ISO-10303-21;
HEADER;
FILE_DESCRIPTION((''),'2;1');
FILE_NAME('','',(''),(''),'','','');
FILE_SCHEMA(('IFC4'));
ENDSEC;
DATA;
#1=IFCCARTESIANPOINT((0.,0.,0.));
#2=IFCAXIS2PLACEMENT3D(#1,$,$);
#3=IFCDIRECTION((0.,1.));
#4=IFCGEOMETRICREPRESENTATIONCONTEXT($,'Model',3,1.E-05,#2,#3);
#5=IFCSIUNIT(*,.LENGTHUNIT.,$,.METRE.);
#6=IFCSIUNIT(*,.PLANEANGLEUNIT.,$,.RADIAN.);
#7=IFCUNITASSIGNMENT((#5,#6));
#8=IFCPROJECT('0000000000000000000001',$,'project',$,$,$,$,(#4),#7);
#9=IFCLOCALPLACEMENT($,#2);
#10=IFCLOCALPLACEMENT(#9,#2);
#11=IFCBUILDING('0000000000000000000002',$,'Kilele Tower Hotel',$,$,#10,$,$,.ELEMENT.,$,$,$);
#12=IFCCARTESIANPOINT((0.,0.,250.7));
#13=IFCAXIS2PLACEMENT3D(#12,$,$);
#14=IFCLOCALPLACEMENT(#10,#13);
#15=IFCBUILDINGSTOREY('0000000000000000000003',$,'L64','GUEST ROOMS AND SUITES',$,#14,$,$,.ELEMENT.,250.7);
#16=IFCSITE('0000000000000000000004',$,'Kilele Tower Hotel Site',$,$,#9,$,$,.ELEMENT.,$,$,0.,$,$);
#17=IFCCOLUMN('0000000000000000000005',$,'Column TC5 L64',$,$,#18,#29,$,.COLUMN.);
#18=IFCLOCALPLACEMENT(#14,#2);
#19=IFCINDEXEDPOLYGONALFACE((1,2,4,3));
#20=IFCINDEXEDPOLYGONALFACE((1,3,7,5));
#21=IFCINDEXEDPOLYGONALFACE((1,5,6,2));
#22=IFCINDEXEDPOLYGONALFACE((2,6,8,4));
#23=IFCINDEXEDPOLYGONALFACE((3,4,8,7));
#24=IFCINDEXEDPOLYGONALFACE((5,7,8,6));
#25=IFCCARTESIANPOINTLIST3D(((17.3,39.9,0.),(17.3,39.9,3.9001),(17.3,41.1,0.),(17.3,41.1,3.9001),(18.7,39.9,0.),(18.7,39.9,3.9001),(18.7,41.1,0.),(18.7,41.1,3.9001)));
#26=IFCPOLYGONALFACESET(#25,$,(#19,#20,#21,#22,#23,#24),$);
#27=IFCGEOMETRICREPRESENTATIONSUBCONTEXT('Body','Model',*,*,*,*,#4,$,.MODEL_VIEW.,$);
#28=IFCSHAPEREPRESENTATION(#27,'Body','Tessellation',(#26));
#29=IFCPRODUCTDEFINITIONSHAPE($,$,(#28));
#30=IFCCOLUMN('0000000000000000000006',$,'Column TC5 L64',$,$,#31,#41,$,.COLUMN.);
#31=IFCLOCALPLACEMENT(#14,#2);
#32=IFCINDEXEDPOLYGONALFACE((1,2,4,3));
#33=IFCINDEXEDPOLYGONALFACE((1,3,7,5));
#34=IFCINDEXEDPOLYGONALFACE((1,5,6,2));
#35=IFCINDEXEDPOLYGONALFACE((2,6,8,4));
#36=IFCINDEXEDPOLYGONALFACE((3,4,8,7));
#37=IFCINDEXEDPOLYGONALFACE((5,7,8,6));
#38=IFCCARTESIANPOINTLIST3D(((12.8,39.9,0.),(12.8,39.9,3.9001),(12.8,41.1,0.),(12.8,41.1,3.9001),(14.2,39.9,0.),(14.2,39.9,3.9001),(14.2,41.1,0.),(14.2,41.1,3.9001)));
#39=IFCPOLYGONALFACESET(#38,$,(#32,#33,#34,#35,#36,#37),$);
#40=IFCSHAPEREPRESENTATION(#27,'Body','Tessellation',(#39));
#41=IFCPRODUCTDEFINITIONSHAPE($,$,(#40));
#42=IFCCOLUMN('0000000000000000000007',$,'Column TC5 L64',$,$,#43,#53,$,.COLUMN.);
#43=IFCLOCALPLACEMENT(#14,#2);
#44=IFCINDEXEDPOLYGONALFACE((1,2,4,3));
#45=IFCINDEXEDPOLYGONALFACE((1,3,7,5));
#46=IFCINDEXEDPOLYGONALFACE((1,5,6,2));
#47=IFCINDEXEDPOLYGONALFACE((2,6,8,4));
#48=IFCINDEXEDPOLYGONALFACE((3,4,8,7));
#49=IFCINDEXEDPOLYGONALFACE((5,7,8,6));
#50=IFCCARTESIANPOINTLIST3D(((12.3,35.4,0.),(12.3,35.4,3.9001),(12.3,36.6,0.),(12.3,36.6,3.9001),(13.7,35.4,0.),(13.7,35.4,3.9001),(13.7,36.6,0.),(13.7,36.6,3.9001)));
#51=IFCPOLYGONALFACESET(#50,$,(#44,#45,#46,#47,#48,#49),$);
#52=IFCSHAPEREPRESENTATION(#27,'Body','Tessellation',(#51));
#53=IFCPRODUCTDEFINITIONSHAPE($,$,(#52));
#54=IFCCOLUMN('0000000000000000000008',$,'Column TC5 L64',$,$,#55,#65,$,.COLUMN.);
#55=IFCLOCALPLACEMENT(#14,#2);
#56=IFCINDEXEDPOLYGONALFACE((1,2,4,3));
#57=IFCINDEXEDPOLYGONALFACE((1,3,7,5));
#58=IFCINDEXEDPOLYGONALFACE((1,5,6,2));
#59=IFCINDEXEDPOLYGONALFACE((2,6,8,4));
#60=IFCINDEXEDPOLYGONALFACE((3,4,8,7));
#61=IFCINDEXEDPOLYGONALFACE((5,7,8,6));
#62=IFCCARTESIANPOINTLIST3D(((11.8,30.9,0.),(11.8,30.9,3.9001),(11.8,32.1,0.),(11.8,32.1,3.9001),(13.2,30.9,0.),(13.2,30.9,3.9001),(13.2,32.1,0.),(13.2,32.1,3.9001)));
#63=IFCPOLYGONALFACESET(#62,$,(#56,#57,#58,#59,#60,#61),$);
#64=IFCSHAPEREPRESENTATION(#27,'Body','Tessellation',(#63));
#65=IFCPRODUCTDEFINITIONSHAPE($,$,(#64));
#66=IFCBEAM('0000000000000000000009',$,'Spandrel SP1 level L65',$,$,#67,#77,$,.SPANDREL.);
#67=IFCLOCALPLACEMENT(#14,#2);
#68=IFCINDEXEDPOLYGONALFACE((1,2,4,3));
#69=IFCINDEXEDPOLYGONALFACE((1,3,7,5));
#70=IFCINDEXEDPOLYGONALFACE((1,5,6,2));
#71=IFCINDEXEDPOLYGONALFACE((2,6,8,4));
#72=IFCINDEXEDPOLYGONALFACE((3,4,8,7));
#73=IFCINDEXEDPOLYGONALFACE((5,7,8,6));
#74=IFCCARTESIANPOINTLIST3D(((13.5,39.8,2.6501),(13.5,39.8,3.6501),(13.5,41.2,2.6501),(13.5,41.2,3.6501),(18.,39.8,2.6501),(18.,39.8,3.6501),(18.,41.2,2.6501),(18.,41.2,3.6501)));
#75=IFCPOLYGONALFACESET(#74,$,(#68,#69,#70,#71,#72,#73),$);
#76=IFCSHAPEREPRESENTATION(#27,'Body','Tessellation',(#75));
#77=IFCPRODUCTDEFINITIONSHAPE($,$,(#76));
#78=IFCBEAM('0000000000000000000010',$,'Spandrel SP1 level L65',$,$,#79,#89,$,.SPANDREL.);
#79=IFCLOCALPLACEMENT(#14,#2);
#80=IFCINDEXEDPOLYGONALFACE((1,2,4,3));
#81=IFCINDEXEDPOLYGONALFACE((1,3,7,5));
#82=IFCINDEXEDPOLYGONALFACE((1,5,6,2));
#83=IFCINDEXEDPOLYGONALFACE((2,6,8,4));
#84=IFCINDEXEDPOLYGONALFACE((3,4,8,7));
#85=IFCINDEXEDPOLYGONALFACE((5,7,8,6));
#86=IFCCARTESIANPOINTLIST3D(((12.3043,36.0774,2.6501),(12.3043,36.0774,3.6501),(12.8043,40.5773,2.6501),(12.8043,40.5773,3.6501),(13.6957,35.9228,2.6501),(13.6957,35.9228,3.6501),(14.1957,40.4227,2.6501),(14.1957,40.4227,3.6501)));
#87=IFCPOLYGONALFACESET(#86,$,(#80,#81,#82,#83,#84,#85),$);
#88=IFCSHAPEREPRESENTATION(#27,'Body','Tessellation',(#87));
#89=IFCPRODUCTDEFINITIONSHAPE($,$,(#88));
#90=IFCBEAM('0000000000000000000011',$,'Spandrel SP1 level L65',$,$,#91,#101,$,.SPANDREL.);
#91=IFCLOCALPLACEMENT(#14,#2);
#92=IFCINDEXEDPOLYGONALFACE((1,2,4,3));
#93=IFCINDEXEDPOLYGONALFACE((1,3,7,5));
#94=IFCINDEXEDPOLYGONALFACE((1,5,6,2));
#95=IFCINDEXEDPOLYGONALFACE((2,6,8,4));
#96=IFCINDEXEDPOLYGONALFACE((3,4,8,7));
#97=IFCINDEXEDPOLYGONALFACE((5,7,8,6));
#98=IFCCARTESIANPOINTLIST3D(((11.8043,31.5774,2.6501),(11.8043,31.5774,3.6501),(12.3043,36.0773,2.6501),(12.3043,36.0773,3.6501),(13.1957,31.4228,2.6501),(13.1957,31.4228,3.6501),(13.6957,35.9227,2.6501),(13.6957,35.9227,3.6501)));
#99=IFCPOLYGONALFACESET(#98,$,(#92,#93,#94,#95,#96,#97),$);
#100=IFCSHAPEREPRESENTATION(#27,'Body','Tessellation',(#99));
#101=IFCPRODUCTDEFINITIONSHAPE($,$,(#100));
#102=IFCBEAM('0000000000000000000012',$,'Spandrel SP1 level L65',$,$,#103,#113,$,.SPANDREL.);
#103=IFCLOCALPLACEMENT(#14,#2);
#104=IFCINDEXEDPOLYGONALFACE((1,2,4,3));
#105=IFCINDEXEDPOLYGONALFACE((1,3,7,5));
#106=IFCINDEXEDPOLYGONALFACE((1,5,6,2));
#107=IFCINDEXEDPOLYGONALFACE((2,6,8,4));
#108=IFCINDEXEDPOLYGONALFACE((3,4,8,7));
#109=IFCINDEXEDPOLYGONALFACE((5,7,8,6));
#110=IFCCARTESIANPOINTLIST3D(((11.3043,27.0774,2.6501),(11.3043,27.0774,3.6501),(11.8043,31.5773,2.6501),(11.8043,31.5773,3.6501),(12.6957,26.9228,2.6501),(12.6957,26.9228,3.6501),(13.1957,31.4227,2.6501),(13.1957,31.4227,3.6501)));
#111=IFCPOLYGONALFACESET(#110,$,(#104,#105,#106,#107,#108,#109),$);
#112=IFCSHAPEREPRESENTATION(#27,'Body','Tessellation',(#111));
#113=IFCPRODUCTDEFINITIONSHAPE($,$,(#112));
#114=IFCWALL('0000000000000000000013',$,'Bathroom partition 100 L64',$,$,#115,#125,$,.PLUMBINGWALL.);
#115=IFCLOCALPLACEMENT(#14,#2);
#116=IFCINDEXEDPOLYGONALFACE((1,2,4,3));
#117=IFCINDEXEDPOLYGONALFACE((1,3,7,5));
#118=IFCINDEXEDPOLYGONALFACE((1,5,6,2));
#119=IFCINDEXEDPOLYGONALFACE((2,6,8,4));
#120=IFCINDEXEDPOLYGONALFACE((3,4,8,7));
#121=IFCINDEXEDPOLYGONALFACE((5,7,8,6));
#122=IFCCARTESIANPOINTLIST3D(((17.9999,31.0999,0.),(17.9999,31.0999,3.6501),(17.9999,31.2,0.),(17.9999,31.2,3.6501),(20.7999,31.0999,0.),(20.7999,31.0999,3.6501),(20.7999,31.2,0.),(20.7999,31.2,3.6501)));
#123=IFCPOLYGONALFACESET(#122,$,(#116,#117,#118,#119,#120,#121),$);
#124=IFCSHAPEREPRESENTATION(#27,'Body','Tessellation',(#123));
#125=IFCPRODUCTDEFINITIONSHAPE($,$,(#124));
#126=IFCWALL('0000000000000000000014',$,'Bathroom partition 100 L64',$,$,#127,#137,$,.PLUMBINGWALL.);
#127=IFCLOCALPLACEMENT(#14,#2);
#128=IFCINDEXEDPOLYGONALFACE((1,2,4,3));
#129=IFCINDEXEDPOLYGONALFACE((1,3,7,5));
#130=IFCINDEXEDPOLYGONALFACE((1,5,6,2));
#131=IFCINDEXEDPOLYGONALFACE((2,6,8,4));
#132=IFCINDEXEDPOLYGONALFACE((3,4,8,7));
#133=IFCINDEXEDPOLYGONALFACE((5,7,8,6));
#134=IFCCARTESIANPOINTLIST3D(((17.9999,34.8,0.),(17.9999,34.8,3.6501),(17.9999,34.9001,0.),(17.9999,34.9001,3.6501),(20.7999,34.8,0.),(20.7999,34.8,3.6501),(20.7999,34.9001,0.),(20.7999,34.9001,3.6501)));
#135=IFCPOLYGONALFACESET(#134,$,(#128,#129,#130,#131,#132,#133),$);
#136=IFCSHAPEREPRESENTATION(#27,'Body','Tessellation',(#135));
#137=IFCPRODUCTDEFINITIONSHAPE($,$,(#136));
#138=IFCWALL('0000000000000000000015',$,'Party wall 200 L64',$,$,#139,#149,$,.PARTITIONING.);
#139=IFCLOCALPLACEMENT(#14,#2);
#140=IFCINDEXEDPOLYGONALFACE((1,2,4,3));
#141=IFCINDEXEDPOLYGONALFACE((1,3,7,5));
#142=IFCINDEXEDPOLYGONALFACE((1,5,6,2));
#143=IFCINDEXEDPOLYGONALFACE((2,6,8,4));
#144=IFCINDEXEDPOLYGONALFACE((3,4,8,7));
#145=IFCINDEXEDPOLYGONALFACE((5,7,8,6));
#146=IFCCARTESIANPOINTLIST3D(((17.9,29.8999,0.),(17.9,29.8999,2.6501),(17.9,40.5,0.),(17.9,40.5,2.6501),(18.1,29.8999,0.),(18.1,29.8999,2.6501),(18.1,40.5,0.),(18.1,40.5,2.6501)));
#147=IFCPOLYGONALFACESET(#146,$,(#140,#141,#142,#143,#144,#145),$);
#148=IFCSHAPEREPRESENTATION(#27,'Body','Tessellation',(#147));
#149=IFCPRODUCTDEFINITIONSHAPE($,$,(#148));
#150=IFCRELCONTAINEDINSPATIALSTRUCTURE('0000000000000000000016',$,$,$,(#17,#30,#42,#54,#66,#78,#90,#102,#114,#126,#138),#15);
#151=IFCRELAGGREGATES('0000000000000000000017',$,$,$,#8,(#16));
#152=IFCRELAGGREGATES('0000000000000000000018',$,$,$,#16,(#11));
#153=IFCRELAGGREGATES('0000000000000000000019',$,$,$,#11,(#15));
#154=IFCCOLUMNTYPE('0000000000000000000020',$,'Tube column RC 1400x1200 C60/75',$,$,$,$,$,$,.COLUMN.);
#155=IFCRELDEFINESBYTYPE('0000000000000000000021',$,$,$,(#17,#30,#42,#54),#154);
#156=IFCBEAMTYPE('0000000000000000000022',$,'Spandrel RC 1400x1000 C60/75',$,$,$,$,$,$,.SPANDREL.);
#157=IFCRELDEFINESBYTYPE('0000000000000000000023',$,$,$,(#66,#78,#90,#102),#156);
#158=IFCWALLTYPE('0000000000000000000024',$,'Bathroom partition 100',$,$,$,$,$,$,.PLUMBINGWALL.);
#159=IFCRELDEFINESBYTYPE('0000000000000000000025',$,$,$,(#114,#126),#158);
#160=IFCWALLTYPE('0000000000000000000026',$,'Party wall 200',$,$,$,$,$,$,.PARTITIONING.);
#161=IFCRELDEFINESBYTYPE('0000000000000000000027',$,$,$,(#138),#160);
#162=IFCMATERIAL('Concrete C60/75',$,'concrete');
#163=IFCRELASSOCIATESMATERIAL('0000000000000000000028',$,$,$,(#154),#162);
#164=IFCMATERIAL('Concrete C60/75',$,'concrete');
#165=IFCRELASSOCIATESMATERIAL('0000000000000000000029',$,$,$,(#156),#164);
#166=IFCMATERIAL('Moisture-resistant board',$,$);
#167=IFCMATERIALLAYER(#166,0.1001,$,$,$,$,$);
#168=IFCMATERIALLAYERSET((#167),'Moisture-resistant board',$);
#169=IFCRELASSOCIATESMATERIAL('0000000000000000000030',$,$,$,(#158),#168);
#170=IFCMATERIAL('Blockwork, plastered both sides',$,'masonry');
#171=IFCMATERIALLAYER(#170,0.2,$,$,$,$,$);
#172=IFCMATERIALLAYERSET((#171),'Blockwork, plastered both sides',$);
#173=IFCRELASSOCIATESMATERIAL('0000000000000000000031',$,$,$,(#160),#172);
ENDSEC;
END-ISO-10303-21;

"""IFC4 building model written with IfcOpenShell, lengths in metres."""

from ifc_helpers import new_model, si_unit, direction, frame, frame_2d, origin, origin_2d, place, context, subcontext, project, spatial, rectangle, extrude, material, layer, layer_set, material_profile, profile_set, type_object, element, save


model = new_model("IFC4")

# Units and contexts
model_context = context("Model", 3, precision=1e-05, world=origin(), true_north=direction((0.0, 1.0)))
body_context = subcontext(model_context, "Body", "Model", "MODEL_VIEW")
ifc_project = project(units=[si_unit("LENGTHUNIT", "METRE"), si_unit("PLANEANGLEUNIT", "RADIAN")], contexts=[model_context])

# Site, building, storey
site_placement = place(None, origin())
site = spatial("IfcSite", under=ifc_project, at=site_placement, Name="Kilele Tower Hotel Site", CompositionType="ELEMENT", RefElevation=0.0)
building_placement = place(site_placement, origin())
building = spatial("IfcBuilding", under=site, at=building_placement, Name="Kilele Tower Hotel", CompositionType="ELEMENT")
storey_placement = place(building_placement, frame((0.0, 0.0, 250.7)))
storey = spatial("IfcBuildingStorey", under=building, at=storey_placement, Name="L64", Description="GUEST ROOMS AND SUITES", CompositionType="ELEMENT", Elevation=250.7)

# Columns
ifc_material_1 = material(Name="Concrete C60/75", Category="concrete")
ifc_material_profile_1 = material_profile(ifc_material_1, rectangle(XDim=1.3999, YDim=1.2, at=origin_2d()))
ifc_profile_set_1 = profile_set([ifc_material_profile_1], Name="Concrete C60/75")
column_type = type_object("IfcColumnType", Name="Tube column RC 1400x1200 C60/75", PredefinedType="COLUMN", material=ifc_profile_set_1)
for number, where, z_axis, x_axis, name in (
    (1, (18.0, 40.5, 0.0), (0.0, 0.0, 1.0), (1.0, 0.0, 0.0), "Column TC5 L64"),
    (2, (13.5, 40.5, 0.0), (0.0, 0.0, 1.0), (1.0, 0.0, 0.0), "Column TC5 L64"),
    (3, (13.0, 36.0, 0.0), (0.0, 0.0, 1.0), (1.0, 0.0, 0.0), "Column TC5 L64"),
    (4, (12.5, 31.5, 0.0), (0.0, 0.0, 1.0), (1.0, 0.0, 0.0), "Column TC5 L64"),
):
    element("IfcColumn", number, at=place(storey_placement, frame(where, z_axis=z_axis, x_axis=x_axis)), inside=storey, type_object=column_type, Name=name, PredefinedType="COLUMN", context=body_context, shape_type="SweptSolid", body=[
        extrude(rectangle(XDim=1.3999, YDim=1.2, at=origin_2d()), origin(), (0.0, 0.0, 1.0), 3.9001),
    ])

# Beams
ifc_material_2 = material(Name="Concrete C60/75", Category="concrete")
ifc_material_profile_2 = material_profile(ifc_material_2, rectangle(XDim=1.3999, YDim=1.0, at=origin_2d()))
ifc_profile_set_2 = profile_set([ifc_material_profile_2], Name="Concrete C60/75")
beam_type = type_object("IfcBeamType", Name="Spandrel RC 1400x1000 C60/75", PredefinedType="SPANDREL", material=ifc_profile_set_2)
beam_placement = place(storey_placement, frame((18.0, 40.5, 3.1501), z_axis=(-1.0, 0.0, 0.0), x_axis=(0.0, -1.0, 0.0)))
element("IfcBeam", 5, at=beam_placement, inside=storey, type_object=beam_type, Name="Spandrel SP1 level L65", PredefinedType="SPANDREL", context=body_context, shape_type="SweptSolid", body=[
    extrude(rectangle(XDim=1.3999, YDim=1.0, at=origin_2d()), origin(), (0.0, 0.0, 1.0), 4.5),
])
for number, where, z_axis, x_axis, name in (
    (6, (13.5, 40.5, 3.1501), (-0.110432, -0.993884, 0.0), (0.993884, -0.110432, 0.0), "Spandrel SP1 level L65"),
    (7, (13.0, 36.0, 3.1501), (-0.110432, -0.993884, 0.0), (0.993884, -0.110432, 0.0), "Spandrel SP1 level L65"),
    (8, (12.5, 31.5, 3.1501), (-0.110432, -0.993884, 0.0), (0.993884, -0.110432, 0.0), "Spandrel SP1 level L65"),
):
    element("IfcBeam", number, at=place(storey_placement, frame(where, z_axis=z_axis, x_axis=x_axis)), inside=storey, type_object=beam_type, Name=name, PredefinedType="SPANDREL", context=body_context, shape_type="SweptSolid", body=[
        extrude(rectangle(XDim=1.3999, YDim=1.0, at=origin_2d()), origin(), (0.0, 0.0, 1.0), 4.5276),
    ])

# Walls
ifc_material_3 = material(Name="Moisture-resistant board")
ifc_layer_1 = layer(ifc_material_3, 0.1001)
ifc_layer_set_1 = layer_set([ifc_layer_1], Name="Moisture-resistant board")
wall_type_1 = type_object("IfcWallType", Name="Bathroom partition 100", PredefinedType="PLUMBINGWALL", material=ifc_layer_set_1)
for number, where, z_axis, x_axis, name in (
    (9, (18.0, 31.1499, 0.0), (0.0, 0.0, 1.0), (1.0, 0.0, 0.0), "Bathroom partition 100 L64"),
    (10, (18.0, 34.8501, 0.0), (0.0, 0.0, 1.0), (1.0, 0.0, 0.0), "Bathroom partition 100 L64"),
):
    element("IfcWall", number, at=place(storey_placement, frame(where, z_axis=z_axis, x_axis=x_axis)), inside=storey, type_object=wall_type_1, Name=name, PredefinedType="PLUMBINGWALL", context=body_context, shape_type="SweptSolid", body=[
        extrude(rectangle(XDim=2.8, YDim=0.1001, at=frame_2d((1.3999, 0.0))), origin(), (0.0, 0.0, 1.0), 3.6501),
    ])
ifc_material_4 = material(Name="Blockwork, plastered both sides", Category="masonry")
ifc_layer_2 = layer(ifc_material_4, 0.2)
ifc_layer_set_2 = layer_set([ifc_layer_2], Name="Blockwork, plastered both sides")
wall_type_2 = type_object("IfcWallType", Name="Party wall 200", PredefinedType="PARTITIONING", material=ifc_layer_set_2)
wall_1_placement = place(storey_placement, frame((18.0, 29.8999, 0.0), z_axis=(0.0, 0.0, 1.0), x_axis=(0.0, 1.0, 0.0)))
element("IfcWall", 11, at=wall_1_placement, inside=storey, type_object=wall_type_2, Name="Party wall 200 L64", PredefinedType="PARTITIONING", context=body_context, shape_type="SweptSolid", body=[
    extrude(rectangle(XDim=10.6001, YDim=0.2, at=frame_2d((5.3, 0.0))), origin(), (0.0, 0.0, 1.0), 2.6501),
])

save(model, "model.ifc")
